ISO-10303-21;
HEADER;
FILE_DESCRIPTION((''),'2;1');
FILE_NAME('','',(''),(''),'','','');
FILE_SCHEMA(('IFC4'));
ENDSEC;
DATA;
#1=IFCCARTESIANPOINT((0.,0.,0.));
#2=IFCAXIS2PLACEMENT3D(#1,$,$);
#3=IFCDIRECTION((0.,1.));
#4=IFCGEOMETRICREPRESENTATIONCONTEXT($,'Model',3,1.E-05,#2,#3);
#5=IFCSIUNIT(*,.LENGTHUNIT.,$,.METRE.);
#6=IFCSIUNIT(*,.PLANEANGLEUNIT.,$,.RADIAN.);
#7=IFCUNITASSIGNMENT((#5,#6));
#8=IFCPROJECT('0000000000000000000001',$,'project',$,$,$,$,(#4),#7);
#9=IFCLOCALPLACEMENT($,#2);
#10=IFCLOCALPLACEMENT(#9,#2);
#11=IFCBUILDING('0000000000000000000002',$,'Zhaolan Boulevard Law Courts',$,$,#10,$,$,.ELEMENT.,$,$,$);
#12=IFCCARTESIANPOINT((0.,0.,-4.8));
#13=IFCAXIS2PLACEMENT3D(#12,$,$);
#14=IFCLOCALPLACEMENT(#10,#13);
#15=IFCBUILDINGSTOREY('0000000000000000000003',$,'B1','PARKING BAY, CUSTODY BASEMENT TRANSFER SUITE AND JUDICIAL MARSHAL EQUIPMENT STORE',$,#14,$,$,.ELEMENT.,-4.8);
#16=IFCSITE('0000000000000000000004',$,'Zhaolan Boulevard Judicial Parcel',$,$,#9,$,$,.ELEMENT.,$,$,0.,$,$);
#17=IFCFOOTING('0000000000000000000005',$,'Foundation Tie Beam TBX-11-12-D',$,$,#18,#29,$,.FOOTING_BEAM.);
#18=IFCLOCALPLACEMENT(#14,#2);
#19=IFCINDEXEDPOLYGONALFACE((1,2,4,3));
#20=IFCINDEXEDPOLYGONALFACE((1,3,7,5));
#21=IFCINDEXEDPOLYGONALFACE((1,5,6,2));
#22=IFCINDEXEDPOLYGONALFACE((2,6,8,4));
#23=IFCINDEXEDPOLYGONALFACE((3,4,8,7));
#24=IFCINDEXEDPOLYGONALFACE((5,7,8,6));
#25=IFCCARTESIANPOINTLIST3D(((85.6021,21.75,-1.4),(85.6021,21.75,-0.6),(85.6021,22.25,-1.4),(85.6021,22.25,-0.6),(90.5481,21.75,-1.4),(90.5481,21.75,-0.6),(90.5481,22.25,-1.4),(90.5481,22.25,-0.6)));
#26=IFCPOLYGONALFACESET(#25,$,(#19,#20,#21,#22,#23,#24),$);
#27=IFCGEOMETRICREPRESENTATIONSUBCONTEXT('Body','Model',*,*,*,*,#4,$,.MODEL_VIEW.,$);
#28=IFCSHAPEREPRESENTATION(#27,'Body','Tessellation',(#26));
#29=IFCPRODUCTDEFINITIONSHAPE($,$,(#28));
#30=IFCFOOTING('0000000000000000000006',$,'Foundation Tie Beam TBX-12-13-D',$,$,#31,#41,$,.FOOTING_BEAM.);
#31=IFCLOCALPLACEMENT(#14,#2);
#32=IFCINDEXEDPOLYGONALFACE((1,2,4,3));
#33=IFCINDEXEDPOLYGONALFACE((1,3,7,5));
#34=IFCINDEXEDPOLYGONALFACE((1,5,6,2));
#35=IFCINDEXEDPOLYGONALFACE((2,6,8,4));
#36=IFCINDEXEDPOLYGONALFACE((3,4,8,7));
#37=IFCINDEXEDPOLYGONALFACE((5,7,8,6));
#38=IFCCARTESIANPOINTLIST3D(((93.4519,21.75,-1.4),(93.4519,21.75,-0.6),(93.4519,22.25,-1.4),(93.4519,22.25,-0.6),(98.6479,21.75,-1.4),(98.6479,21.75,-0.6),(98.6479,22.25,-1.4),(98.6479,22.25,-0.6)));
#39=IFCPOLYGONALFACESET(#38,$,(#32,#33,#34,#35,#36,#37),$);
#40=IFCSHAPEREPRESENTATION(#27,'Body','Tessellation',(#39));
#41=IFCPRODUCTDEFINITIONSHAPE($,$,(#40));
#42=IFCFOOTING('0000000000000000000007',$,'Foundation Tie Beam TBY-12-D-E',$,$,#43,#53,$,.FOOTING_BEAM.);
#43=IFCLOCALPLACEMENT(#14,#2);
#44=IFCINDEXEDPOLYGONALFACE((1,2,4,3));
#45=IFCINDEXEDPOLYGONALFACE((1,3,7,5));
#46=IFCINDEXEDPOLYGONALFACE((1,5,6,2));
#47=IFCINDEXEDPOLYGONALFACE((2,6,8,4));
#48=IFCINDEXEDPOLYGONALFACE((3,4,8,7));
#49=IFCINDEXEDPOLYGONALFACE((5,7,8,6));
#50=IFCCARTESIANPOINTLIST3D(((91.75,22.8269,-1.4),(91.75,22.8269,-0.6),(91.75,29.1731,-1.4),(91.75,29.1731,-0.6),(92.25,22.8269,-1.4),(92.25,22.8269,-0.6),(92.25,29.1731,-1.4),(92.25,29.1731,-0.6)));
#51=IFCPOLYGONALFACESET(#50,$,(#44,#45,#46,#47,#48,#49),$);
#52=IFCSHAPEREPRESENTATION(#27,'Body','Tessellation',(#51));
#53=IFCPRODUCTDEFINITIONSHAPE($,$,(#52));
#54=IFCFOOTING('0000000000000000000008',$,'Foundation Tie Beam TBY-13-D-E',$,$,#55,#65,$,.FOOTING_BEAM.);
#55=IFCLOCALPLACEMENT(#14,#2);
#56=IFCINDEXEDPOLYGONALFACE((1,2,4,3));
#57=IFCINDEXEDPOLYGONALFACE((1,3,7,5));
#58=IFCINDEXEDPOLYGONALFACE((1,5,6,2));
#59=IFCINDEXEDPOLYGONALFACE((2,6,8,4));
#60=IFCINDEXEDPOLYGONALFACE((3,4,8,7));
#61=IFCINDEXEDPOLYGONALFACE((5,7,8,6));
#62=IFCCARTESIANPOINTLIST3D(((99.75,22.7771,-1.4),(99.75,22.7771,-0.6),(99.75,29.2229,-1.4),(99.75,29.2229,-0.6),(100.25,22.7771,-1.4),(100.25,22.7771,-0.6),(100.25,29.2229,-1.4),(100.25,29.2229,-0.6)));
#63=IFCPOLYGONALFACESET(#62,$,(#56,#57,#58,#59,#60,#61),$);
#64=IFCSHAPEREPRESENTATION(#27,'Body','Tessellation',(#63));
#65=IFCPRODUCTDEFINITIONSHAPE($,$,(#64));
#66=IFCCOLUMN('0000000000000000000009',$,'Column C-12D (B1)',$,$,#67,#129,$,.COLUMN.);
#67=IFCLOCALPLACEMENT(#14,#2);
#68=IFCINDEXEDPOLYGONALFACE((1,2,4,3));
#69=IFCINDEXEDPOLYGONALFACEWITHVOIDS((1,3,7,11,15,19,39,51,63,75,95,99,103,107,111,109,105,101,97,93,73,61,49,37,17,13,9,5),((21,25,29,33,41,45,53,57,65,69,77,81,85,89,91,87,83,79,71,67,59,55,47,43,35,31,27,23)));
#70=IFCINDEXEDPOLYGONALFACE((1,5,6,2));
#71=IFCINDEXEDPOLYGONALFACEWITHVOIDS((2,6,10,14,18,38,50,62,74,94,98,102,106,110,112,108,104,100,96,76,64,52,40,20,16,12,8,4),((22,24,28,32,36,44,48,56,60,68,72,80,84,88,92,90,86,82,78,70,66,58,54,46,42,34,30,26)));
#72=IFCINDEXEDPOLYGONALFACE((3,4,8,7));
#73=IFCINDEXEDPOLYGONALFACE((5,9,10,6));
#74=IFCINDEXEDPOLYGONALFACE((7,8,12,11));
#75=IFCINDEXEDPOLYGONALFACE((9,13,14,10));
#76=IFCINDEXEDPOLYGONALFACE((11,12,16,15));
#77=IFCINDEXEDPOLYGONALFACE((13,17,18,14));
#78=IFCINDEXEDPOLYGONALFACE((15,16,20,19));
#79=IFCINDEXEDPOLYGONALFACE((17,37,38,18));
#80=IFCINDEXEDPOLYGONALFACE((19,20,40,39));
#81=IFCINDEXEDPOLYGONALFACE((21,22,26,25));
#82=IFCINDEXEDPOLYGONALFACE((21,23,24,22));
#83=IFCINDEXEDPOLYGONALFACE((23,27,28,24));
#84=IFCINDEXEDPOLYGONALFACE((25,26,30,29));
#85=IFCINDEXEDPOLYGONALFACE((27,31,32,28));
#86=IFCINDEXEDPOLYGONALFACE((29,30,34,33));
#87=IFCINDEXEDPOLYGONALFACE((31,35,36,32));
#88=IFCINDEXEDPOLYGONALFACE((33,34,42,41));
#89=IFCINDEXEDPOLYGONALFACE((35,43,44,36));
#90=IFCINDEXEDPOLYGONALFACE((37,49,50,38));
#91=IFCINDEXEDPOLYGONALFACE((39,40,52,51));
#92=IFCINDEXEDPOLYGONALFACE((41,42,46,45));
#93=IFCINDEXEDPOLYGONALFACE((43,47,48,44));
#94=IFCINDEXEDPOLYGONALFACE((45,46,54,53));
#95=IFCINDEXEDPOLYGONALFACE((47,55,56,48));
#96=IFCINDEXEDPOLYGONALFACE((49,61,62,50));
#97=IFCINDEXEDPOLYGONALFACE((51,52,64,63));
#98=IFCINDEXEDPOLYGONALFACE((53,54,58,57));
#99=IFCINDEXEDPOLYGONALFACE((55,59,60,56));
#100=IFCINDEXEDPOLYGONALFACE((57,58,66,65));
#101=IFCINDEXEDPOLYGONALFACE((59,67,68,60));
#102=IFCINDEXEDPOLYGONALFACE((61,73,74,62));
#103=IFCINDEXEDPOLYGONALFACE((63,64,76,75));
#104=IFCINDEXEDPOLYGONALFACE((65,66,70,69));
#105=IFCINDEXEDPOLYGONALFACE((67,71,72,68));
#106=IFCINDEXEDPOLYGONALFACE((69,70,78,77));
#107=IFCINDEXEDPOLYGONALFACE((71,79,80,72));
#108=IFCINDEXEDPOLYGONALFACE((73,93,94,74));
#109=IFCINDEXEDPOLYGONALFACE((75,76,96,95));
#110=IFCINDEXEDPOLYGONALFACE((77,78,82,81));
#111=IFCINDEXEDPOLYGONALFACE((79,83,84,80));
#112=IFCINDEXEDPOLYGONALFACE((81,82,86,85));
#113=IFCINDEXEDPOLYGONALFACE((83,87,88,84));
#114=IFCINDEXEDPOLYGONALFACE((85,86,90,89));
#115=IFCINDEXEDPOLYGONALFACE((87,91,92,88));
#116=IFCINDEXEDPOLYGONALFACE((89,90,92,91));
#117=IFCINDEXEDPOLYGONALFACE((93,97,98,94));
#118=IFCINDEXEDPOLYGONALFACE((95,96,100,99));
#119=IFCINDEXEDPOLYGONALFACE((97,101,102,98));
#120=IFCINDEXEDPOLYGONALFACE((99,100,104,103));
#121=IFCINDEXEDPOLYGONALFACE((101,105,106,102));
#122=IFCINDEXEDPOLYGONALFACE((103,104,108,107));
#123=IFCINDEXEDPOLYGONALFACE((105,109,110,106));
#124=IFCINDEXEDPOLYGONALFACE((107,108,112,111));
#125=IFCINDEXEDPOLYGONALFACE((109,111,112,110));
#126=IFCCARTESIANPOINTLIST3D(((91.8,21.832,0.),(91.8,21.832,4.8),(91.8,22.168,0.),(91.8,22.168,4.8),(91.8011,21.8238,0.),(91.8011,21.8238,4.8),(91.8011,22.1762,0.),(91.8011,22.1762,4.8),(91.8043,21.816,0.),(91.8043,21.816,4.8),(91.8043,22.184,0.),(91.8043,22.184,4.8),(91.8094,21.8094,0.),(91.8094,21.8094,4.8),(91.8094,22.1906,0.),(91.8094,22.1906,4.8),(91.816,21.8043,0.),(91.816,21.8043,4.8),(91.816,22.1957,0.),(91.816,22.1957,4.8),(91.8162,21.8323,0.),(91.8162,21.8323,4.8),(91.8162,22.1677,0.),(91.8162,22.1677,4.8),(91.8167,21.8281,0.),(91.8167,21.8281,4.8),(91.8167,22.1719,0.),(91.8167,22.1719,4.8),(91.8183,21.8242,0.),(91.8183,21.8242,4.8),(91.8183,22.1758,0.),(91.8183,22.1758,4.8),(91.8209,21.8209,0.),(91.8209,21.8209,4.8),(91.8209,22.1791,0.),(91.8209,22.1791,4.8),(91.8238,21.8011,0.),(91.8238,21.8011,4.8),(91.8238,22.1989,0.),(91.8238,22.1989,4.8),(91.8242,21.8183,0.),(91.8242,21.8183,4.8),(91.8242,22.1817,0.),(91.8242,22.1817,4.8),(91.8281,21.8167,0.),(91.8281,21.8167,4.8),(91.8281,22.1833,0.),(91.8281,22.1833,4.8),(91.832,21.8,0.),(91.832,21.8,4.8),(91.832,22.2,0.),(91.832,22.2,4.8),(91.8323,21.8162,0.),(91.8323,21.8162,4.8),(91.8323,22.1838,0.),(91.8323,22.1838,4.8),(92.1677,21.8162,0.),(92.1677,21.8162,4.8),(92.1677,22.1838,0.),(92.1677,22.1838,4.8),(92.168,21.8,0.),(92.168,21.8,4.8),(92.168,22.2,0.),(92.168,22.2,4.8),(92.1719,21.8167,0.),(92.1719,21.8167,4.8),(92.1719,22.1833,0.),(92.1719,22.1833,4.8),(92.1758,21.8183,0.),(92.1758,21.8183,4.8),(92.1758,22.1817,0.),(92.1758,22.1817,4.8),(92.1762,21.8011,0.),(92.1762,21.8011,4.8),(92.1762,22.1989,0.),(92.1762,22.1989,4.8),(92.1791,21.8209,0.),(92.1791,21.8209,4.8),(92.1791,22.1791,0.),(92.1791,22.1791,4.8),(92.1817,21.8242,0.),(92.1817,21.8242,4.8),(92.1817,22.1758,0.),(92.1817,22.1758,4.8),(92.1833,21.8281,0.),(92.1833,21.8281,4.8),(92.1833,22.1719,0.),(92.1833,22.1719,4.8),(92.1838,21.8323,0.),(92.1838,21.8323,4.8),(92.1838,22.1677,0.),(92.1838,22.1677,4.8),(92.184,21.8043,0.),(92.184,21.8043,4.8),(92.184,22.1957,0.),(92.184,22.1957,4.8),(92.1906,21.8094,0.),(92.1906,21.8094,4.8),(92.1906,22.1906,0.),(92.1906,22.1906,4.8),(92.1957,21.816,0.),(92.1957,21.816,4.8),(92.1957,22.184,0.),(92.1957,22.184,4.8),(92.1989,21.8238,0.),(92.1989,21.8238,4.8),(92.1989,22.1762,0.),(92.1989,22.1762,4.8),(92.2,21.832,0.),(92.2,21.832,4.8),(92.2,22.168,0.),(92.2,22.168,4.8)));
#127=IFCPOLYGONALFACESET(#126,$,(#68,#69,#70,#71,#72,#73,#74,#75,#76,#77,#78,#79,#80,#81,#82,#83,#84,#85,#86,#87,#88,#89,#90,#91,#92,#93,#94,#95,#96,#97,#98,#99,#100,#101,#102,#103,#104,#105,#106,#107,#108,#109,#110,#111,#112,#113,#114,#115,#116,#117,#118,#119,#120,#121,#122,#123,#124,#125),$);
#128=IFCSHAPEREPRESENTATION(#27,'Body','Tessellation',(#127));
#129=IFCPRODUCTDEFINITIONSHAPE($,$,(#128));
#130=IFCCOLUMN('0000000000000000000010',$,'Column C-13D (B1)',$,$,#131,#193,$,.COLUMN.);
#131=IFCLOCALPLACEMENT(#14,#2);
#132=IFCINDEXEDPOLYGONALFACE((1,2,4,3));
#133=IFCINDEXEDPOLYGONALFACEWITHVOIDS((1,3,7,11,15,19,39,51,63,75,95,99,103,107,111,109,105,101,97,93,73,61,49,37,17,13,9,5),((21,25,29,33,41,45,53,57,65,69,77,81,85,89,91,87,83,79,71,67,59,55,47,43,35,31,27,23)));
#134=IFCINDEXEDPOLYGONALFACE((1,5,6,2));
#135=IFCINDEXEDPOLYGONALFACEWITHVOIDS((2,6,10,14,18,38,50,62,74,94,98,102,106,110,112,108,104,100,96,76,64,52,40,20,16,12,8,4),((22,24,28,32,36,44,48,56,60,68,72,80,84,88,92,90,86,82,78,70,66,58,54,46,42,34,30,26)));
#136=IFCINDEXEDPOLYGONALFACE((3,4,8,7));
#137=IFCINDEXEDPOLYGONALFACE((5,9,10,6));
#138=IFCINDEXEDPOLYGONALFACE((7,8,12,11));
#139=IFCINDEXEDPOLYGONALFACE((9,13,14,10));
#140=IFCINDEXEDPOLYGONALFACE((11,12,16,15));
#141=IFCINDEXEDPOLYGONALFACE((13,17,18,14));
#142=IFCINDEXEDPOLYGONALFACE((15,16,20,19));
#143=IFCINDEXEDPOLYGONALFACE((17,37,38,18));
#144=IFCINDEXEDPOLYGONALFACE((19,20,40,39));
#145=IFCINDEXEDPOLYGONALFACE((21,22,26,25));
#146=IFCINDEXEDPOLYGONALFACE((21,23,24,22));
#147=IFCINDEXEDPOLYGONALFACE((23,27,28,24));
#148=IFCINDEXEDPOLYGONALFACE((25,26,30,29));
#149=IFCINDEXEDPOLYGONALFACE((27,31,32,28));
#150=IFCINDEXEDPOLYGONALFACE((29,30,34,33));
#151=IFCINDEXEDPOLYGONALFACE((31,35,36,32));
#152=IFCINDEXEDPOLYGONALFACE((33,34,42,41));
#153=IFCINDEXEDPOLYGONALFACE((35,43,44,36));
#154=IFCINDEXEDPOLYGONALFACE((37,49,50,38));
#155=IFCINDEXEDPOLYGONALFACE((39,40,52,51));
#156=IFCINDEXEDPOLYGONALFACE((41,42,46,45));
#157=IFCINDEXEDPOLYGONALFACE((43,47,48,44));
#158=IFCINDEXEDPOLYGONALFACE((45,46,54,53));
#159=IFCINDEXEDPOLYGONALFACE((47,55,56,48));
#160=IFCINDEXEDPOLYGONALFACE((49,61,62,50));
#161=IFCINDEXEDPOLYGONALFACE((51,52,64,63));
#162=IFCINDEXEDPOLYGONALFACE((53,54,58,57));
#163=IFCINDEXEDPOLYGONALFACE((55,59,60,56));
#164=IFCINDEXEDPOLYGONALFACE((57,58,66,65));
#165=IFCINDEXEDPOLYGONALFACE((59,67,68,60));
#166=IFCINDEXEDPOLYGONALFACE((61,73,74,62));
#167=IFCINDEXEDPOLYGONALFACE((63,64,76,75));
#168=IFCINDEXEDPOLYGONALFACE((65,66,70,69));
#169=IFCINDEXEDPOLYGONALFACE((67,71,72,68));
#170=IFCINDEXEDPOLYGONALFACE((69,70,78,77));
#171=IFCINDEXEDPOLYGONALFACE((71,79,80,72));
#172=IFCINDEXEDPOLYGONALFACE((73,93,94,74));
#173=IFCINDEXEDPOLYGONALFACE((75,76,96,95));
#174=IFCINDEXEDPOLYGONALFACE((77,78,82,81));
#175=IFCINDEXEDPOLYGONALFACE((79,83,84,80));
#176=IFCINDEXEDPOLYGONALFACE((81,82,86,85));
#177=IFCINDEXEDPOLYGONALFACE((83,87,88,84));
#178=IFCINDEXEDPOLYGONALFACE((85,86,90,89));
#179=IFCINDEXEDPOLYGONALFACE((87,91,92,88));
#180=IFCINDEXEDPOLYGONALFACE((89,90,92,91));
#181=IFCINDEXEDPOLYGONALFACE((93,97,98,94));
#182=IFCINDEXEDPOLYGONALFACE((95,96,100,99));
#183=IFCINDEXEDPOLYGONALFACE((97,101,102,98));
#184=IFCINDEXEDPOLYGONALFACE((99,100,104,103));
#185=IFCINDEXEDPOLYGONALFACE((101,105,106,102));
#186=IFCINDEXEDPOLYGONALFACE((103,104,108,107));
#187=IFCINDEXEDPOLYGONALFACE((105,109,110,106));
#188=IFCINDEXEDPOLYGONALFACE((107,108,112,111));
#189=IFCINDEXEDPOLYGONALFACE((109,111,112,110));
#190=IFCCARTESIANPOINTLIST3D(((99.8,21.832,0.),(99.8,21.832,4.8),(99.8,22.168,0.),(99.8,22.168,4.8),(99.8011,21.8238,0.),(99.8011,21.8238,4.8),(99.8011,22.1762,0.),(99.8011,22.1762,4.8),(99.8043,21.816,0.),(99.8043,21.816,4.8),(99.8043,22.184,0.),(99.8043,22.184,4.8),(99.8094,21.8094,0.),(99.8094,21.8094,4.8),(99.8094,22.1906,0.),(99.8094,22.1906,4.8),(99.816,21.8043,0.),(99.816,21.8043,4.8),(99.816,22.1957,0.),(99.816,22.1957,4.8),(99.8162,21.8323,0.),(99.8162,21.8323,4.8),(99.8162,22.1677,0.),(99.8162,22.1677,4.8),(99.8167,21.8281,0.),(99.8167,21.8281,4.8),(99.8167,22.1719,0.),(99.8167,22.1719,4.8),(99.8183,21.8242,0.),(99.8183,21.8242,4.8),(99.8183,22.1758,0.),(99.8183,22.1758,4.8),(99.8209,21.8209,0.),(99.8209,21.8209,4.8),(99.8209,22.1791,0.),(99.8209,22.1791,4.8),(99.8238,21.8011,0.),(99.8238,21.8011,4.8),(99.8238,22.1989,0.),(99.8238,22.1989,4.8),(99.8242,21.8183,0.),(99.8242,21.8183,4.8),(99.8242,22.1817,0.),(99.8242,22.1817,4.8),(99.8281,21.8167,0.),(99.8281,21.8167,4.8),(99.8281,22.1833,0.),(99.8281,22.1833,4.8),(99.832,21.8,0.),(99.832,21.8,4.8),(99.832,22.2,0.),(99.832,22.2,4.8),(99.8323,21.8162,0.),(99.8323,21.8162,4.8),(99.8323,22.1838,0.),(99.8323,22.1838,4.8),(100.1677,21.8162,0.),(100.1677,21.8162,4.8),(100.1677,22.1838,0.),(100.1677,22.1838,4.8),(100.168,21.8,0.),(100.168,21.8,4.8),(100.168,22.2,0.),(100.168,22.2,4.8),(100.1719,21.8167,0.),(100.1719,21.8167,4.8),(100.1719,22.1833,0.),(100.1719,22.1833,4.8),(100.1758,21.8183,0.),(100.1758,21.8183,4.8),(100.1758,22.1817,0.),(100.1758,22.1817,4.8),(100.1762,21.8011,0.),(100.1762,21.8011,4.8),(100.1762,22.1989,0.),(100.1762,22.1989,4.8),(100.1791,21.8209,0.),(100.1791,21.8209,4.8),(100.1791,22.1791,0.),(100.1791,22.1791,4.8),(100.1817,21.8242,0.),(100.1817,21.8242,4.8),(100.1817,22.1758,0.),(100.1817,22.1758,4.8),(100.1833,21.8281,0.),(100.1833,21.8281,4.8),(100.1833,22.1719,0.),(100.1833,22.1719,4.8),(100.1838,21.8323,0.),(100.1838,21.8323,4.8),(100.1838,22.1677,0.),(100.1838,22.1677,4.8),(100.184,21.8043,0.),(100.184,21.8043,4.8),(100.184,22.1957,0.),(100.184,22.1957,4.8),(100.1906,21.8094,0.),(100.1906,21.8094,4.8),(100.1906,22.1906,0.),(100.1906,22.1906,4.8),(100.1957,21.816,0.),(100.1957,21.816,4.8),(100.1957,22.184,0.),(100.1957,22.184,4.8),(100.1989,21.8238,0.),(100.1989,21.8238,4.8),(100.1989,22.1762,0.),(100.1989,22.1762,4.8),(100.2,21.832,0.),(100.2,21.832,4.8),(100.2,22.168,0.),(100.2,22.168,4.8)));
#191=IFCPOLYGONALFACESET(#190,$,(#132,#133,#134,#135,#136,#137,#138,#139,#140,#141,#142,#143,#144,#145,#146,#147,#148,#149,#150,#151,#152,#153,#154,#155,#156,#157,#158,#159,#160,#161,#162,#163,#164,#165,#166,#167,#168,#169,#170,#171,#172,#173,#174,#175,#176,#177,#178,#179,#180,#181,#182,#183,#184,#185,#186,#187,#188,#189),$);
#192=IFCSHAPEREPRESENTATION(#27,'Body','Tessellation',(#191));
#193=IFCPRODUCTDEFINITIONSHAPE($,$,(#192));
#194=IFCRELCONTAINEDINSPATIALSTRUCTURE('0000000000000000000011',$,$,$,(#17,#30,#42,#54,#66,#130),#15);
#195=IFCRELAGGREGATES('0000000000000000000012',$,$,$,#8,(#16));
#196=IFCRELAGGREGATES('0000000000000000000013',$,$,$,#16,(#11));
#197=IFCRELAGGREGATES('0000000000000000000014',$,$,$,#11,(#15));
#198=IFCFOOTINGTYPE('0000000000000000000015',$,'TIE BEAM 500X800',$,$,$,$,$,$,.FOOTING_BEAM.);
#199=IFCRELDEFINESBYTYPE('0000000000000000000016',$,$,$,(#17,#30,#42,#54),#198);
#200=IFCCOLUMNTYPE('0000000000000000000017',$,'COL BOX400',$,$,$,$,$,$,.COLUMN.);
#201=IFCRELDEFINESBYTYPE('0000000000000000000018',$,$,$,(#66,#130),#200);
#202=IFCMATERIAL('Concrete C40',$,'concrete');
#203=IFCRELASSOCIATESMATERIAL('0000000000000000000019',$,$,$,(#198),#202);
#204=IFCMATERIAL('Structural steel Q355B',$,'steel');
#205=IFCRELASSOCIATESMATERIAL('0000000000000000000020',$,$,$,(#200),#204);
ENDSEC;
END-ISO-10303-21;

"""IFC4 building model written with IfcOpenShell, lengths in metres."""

from ifc_helpers import new_model, si_unit, direction, frame, origin, origin_2d, place, context, subcontext, project, spatial, rectangle, hollow_rectangle, extrude, material, material_profile, profile_set, type_object, element, save


model = new_model("IFC4")

# Units and contexts
model_context = context("Model", 3, precision=1e-05, world=origin(), true_north=direction((0.0, 1.0)))
body_context = subcontext(model_context, "Body", "Model", "MODEL_VIEW")
ifc_project = project(units=[si_unit("LENGTHUNIT", "METRE"), si_unit("PLANEANGLEUNIT", "RADIAN")], contexts=[model_context])

# Site, building, storey
site_placement = place(None, origin())
site = spatial("IfcSite", under=ifc_project, at=site_placement, Name="Zhaolan Boulevard Judicial Parcel", CompositionType="ELEMENT", RefElevation=0.0)
building_placement = place(site_placement, origin())
building = spatial("IfcBuilding", under=site, at=building_placement, Name="Zhaolan Boulevard Law Courts", CompositionType="ELEMENT")
storey_placement = place(building_placement, frame((0.0, 0.0, -4.8)))
storey = spatial("IfcBuildingStorey", under=building, at=storey_placement, Name="B1", Description="PARKING BAY, CUSTODY BASEMENT TRANSFER SUITE AND JUDICIAL MARSHAL EQUIPMENT STORE", CompositionType="ELEMENT", Elevation=-4.8)

# Footings
ifc_material_1 = material(Name="Concrete C40", Category="concrete")
ifc_material_profile_1 = material_profile(ifc_material_1, rectangle(XDim=0.5, YDim=0.8, at=origin_2d()), Name="RC500x800")
ifc_profile_set_1 = profile_set([ifc_material_profile_1], Name="Concrete C40")
footing_type_1 = type_object("IfcFootingType", Name="TIE BEAM 500X800", PredefinedType="FOOTING_BEAM", material=ifc_profile_set_1)
footing_1_placement = place(storey_placement, frame((85.6021, 22.0, -1.0), z_axis=(1.0, 0.0, 0.0), x_axis=(0.0, 1.0, 0.0)))
element("IfcFooting", 1, at=footing_1_placement, inside=storey, type_object=footing_type_1, Name="Foundation Tie Beam TBX-11-12-D", PredefinedType="FOOTING_BEAM", context=body_context, shape_type="SweptSolid", body=[
    extrude(rectangle(XDim=0.5, YDim=0.8, at=origin_2d()), origin(), (0.0, 0.0, 1.0), 4.946),
])
footing_2_placement = place(storey_placement, frame((93.4519, 22.0, -1.0), z_axis=(1.0, 0.0, 0.0), x_axis=(0.0, 1.0, 0.0)))
element("IfcFooting", 2, at=footing_2_placement, inside=storey, type_object=footing_type_1, Name="Foundation Tie Beam TBX-12-13-D", PredefinedType="FOOTING_BEAM", context=body_context, shape_type="SweptSolid", body=[
    extrude(rectangle(XDim=0.5, YDim=0.8, at=origin_2d()), origin(), (0.0, 0.0, 1.0), 5.196),
])
footing_3_placement = place(storey_placement, frame((92.0, 22.8269, -1.0), z_axis=(0.0, 1.0, 0.0), x_axis=(-1.0, 0.0, 0.0)))
element("IfcFooting", 3, at=footing_3_placement, inside=storey, type_object=footing_type_1, Name="Foundation Tie Beam TBY-12-D-E", PredefinedType="FOOTING_BEAM", context=body_context, shape_type="SweptSolid", body=[
    extrude(rectangle(XDim=0.5, YDim=0.8, at=origin_2d()), origin(), (0.0, 0.0, 1.0), 6.3462),
])
footing_4_placement = place(storey_placement, frame((100.0, 22.7771, -1.0), z_axis=(0.0, 1.0, 0.0), x_axis=(-1.0, 0.0, 0.0)))
element("IfcFooting", 4, at=footing_4_placement, inside=storey, type_object=footing_type_1, Name="Foundation Tie Beam TBY-13-D-E", PredefinedType="FOOTING_BEAM", context=body_context, shape_type="SweptSolid", body=[
    extrude(rectangle(XDim=0.5, YDim=0.8, at=origin_2d()), origin(), (0.0, 0.0, 1.0), 6.4458),
])

# Columns
ifc_material_2 = material(Name="Structural steel Q355B", Category="steel")
ifc_material_profile_2 = material_profile(ifc_material_2, hollow_rectangle(XDim=0.3999, YDim=0.3999, WallThickness=0.0161, InnerFilletRadius=0.0161, OuterFilletRadius=0.032, at=origin_2d()), Name="BOX400x400x16")
ifc_profile_set_2 = profile_set([ifc_material_profile_2], Name="Structural steel Q355B")
column_type_1 = type_object("IfcColumnType", Name="COL BOX400", PredefinedType="COLUMN", material=ifc_profile_set_2)
for number, where, z_axis, x_axis, name in (
    (5, (92.0, 22.0, 0.0), (0.0, 0.0, 1.0), (1.0, 0.0, 0.0), "Column C-12D (B1)"),
    (6, (100.0, 22.0, 0.0), (0.0, 0.0, 1.0), (1.0, 0.0, 0.0), "Column C-13D (B1)"),
):
    element("IfcColumn", number, at=place(storey_placement, frame(where, z_axis=z_axis, x_axis=x_axis)), inside=storey, type_object=column_type_1, Name=name, PredefinedType="COLUMN", context=body_context, shape_type="SweptSolid", body=[
        extrude(hollow_rectangle(XDim=0.3999, YDim=0.3999, WallThickness=0.0161, InnerFilletRadius=0.0161, OuterFilletRadius=0.032, at=origin_2d()), origin(), (0.0, 0.0, 1.0), 4.8),
    ])

save(model, "model.ifc")
